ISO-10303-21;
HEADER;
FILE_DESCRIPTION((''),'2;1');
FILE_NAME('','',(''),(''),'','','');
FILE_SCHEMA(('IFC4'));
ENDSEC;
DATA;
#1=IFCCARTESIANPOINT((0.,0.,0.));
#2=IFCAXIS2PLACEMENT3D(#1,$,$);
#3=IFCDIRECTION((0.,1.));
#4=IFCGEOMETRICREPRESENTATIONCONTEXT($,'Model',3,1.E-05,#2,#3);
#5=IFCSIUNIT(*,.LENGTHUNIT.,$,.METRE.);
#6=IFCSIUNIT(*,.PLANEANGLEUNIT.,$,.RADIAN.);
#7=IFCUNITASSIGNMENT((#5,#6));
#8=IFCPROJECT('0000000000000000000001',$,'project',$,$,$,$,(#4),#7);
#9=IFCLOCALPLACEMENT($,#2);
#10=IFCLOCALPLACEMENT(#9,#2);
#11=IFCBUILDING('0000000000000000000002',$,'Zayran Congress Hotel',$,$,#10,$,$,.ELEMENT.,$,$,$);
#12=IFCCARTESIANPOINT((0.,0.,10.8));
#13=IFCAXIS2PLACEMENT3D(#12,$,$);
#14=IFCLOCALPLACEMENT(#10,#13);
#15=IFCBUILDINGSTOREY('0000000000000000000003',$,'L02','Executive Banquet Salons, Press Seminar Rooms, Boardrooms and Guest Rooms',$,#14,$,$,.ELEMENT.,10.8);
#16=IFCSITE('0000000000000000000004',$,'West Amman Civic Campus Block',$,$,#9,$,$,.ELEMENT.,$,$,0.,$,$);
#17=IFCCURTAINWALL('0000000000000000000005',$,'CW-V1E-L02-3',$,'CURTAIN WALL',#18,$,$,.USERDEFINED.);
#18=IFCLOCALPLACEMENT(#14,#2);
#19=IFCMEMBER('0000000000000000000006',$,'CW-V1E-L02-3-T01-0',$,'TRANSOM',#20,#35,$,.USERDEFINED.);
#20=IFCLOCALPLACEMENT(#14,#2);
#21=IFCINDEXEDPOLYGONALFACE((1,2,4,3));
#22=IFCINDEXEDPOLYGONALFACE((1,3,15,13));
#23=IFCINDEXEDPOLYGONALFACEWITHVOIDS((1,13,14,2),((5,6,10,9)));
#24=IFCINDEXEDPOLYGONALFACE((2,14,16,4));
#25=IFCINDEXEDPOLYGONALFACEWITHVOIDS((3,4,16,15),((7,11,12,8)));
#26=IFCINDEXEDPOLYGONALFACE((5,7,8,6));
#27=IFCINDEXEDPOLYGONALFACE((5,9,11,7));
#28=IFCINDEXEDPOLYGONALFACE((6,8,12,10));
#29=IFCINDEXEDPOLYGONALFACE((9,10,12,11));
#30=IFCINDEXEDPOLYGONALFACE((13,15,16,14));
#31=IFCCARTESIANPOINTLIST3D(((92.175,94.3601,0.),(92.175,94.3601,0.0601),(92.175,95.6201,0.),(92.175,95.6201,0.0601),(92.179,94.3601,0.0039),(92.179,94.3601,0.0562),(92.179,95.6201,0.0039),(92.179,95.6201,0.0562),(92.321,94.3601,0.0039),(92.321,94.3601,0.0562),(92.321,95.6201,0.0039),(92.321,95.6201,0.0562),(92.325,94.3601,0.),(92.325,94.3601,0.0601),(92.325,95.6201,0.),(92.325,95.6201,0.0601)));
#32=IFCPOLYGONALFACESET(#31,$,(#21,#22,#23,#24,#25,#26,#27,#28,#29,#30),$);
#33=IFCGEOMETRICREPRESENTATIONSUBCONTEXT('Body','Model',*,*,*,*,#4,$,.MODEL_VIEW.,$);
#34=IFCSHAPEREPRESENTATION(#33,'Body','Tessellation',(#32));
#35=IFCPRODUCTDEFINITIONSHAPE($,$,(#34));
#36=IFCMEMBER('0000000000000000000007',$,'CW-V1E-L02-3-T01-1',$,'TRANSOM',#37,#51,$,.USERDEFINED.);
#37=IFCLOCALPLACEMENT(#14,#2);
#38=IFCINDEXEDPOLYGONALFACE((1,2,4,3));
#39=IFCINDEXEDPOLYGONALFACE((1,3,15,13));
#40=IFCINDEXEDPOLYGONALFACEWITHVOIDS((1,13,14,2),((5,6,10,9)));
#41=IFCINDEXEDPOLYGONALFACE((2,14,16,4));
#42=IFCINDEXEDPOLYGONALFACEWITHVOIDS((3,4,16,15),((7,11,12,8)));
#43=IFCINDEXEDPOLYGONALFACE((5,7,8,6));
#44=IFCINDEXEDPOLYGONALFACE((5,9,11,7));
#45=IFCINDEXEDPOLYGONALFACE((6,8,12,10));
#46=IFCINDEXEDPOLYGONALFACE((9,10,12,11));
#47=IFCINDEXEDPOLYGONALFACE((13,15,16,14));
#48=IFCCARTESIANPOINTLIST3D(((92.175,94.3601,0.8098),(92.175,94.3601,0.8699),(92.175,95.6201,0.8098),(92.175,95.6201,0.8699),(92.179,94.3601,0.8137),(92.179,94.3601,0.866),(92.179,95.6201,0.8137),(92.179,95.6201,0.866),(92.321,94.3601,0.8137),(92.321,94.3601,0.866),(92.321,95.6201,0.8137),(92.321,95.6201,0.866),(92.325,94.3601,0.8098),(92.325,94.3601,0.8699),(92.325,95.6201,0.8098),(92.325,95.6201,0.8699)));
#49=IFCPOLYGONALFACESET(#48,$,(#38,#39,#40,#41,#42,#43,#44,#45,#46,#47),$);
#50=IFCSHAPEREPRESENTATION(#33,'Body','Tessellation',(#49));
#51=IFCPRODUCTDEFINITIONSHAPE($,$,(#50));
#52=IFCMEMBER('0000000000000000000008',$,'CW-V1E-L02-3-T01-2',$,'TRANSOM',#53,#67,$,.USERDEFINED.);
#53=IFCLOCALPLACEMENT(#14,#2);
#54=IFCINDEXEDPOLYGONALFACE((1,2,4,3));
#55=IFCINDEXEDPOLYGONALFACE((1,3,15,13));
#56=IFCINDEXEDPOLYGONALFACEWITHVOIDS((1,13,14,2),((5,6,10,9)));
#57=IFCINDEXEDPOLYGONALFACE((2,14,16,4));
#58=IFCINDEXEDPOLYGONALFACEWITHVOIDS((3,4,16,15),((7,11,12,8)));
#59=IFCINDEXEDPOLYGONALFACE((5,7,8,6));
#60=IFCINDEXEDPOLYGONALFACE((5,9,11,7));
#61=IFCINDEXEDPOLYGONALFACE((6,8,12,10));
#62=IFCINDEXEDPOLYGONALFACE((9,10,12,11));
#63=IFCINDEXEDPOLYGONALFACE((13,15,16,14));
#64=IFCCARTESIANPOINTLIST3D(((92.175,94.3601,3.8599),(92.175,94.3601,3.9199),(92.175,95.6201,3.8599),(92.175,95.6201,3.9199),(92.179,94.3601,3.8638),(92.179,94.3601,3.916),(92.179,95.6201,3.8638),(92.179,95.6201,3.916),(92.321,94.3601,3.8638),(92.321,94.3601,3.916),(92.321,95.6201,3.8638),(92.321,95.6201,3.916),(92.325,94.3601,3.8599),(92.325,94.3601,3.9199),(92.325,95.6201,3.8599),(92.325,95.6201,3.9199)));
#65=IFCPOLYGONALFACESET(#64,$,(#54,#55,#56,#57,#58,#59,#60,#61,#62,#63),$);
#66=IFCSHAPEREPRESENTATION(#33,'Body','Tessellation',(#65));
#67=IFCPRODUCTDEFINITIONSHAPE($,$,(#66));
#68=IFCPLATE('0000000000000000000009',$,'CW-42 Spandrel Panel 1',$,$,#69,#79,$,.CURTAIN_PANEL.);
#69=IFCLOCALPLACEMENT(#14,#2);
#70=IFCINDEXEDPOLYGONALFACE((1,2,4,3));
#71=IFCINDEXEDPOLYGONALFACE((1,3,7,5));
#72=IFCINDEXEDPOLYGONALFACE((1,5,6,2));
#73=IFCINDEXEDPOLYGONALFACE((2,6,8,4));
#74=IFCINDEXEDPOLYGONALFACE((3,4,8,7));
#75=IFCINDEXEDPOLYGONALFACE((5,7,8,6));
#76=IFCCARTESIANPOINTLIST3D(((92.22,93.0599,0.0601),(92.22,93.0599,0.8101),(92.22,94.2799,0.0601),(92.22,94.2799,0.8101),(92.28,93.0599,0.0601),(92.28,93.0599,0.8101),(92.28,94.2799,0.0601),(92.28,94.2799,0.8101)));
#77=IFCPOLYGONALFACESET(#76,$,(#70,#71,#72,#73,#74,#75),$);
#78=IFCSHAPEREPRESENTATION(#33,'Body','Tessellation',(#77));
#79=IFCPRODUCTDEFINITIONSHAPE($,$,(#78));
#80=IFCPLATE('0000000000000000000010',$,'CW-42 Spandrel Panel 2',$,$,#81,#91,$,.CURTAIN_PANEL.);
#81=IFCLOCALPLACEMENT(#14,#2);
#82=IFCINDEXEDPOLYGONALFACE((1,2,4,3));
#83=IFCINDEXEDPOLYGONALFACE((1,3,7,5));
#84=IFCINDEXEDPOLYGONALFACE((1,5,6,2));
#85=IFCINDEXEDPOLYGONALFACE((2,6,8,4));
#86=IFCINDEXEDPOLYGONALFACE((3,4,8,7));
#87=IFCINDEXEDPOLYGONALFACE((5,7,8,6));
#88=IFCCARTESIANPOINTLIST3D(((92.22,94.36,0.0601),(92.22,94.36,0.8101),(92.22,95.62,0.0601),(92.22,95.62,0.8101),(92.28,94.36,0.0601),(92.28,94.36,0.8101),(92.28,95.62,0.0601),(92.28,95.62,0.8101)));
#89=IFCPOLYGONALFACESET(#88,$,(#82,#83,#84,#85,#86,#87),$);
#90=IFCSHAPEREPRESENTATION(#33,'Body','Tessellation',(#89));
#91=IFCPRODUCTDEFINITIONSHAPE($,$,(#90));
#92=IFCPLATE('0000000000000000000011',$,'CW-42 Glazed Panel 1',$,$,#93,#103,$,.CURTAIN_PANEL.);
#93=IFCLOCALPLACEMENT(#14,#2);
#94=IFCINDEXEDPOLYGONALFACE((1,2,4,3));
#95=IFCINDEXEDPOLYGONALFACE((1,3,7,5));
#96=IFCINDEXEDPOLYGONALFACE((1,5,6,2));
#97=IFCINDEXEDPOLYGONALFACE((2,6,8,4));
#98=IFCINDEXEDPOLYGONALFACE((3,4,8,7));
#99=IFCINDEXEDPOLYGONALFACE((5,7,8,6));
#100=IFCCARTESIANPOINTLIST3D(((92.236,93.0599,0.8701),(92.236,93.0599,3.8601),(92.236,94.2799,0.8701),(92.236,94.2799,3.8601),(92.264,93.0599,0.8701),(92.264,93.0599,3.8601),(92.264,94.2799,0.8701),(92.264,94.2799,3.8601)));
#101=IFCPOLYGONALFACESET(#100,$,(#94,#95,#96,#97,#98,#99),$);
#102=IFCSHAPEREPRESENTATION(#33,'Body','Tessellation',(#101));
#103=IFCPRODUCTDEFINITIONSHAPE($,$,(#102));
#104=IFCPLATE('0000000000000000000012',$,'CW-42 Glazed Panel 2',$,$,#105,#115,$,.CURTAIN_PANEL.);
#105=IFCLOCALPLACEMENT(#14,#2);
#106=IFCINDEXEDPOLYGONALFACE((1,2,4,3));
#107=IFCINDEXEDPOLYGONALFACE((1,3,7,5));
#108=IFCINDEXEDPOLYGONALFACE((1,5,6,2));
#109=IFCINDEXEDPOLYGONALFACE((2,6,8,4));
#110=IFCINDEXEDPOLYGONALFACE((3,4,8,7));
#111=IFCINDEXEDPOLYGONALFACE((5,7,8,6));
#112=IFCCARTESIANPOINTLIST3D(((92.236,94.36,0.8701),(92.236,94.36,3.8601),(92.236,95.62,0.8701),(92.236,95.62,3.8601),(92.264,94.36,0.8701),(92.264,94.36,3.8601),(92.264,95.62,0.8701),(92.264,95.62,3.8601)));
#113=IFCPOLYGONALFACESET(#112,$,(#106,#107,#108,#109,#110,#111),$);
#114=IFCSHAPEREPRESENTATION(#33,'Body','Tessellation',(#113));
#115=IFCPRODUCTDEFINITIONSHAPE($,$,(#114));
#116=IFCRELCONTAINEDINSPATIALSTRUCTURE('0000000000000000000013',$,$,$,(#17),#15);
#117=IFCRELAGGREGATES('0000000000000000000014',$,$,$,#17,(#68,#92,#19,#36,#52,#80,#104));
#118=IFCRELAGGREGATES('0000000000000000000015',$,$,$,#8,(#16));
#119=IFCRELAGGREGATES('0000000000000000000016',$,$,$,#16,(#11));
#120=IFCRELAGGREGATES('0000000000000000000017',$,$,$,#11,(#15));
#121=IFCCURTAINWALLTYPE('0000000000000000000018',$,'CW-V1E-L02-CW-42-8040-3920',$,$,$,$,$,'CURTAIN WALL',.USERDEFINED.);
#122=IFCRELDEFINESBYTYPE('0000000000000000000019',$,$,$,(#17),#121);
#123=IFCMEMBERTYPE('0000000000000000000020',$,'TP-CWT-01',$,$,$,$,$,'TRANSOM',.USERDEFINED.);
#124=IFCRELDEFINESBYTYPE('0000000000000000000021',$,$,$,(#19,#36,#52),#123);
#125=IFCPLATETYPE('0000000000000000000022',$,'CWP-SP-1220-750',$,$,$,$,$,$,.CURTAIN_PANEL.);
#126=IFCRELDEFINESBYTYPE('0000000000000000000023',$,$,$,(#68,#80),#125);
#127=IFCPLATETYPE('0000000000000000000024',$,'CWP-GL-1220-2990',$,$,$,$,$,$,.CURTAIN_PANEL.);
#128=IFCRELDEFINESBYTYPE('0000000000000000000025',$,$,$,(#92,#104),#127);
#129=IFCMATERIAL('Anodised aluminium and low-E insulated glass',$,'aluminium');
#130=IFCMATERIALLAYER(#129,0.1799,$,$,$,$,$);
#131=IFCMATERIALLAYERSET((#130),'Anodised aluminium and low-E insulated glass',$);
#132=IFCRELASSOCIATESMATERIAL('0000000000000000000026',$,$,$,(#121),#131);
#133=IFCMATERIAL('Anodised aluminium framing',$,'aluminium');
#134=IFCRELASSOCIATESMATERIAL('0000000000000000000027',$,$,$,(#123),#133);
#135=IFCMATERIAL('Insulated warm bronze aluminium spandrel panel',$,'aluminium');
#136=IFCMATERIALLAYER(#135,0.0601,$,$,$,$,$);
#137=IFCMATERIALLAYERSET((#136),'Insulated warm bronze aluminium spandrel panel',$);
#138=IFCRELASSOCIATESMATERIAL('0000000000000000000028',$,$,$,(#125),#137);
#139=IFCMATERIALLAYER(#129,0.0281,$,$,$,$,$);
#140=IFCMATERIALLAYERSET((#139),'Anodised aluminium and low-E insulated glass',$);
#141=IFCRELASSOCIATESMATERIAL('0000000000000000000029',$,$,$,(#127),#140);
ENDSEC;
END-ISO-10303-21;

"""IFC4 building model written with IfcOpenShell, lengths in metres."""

from ifc_helpers import new_model, si_unit, direction, frame, origin, origin_2d, place, context, subcontext, project, spatial, rectangle, hollow_rectangle, extrude, material, layer, layer_set, material_profile, profile_set, type_object, element, aggregate, save


model = new_model("IFC4")

# Units and contexts
model_context = context("Model", 3, precision=1e-05, world=origin(), true_north=direction((0.0, 1.0)))
body_context = subcontext(model_context, "Body", "Model", "MODEL_VIEW")
ifc_project = project(units=[si_unit("LENGTHUNIT", "METRE"), si_unit("PLANEANGLEUNIT", "RADIAN")], contexts=[model_context])

# Site, building, storey
site_placement = place(None, origin())
site = spatial("IfcSite", under=ifc_project, at=site_placement, Name="West Amman Civic Campus Block", CompositionType="ELEMENT", RefElevation=0.0)
building_placement = place(site_placement, origin())
building = spatial("IfcBuilding", under=site, at=building_placement, Name="Zayran Congress Hotel", CompositionType="ELEMENT")
storey_placement = place(building_placement, frame((0.0, 0.0, 10.8)))
storey = spatial("IfcBuildingStorey", under=building, at=storey_placement, Name="L02", Description="Executive Banquet Salons, Press Seminar Rooms, Boardrooms and Guest Rooms", CompositionType="ELEMENT", Elevation=10.8)

# Curtain wall, members, plates
ifc_material_1 = material(Name="Anodised aluminium and low-E insulated glass", Category="aluminium")
ifc_layer_1 = layer(ifc_material_1, 0.1799)
ifc_layer_set_1 = layer_set([ifc_layer_1], Name="Anodised aluminium and low-E insulated glass")
curtain_wall_type = type_object("IfcCurtainWallType", Name="CW-V1E-L02-CW-42-8040-3920", ElementType="CURTAIN WALL", PredefinedType="USERDEFINED", material=ifc_layer_set_1)
curtain_wall_placement = place(storey_placement, origin())
curtain_wall = element("IfcCurtainWall", 1, at=curtain_wall_placement, inside=storey, type_object=curtain_wall_type, Name="CW-V1E-L02-3", ObjectType="CURTAIN WALL", PredefinedType="USERDEFINED")
ifc_material_2 = material(Name="Anodised aluminium framing", Category="aluminium")
ifc_material_profile_1 = material_profile(ifc_material_2, hollow_rectangle(XDim=0.0601, YDim=0.1499, WallThickness=0.0039, at=origin_2d()), Name="RHS 150x60x4")
ifc_profile_set_1 = profile_set([ifc_material_profile_1], Name="Anodised aluminium framing")
member_type_1 = type_object("IfcMemberType", Name="TP-CWT-01", ElementType="TRANSOM", PredefinedType="USERDEFINED", material=ifc_profile_set_1)
member_1_placement = place(storey_placement, frame((92.25, 94.3601, 0.03), z_axis=(0.0, 1.0, 0.0), x_axis=(0.0, 0.0, 1.0)))
member_1 = element("IfcMember", 2, at=member_1_placement, type_object=member_type_1, Name="CW-V1E-L02-3-T01-0", ObjectType="TRANSOM", PredefinedType="USERDEFINED", context=body_context, shape_type="SweptSolid", body=[
    extrude(hollow_rectangle(XDim=0.0601, YDim=0.1499, WallThickness=0.0039, at=origin_2d()), origin(), (0.0, 0.0, 1.0), 1.26),
])
member_2_placement = place(storey_placement, frame((92.25, 94.3601, 0.8398), z_axis=(0.0, 1.0, 0.0), x_axis=(0.0, 0.0, 1.0)))
member_2 = element("IfcMember", 3, at=member_2_placement, type_object=member_type_1, Name="CW-V1E-L02-3-T01-1", ObjectType="TRANSOM", PredefinedType="USERDEFINED", context=body_context, shape_type="SweptSolid", body=[
    extrude(hollow_rectangle(XDim=0.0601, YDim=0.1499, WallThickness=0.0039, at=origin_2d()), origin(), (0.0, 0.0, 1.0), 1.26),
])
member_3_placement = place(storey_placement, frame((92.25, 94.3601, 3.8899), z_axis=(0.0, 1.0, 0.0), x_axis=(0.0, 0.0, 1.0)))
member_3 = element("IfcMember", 4, at=member_3_placement, type_object=member_type_1, Name="CW-V1E-L02-3-T01-2", ObjectType="TRANSOM", PredefinedType="USERDEFINED", context=body_context, shape_type="SweptSolid", body=[
    extrude(hollow_rectangle(XDim=0.0601, YDim=0.1499, WallThickness=0.0039, at=origin_2d()), origin(), (0.0, 0.0, 1.0), 1.26),
])
ifc_material_3 = material(Name="Insulated warm bronze aluminium spandrel panel", Category="aluminium")
ifc_layer_2 = layer(ifc_material_3, 0.0601)
ifc_layer_set_2 = layer_set([ifc_layer_2], Name="Insulated warm bronze aluminium spandrel panel")
plate_type_1 = type_object("IfcPlateType", Name="CWP-SP-1220-750", PredefinedType="CURTAIN_PANEL", material=ifc_layer_set_2)
plate_1_placement = place(storey_placement, frame((92.25, 93.6699, 0.0601), z_axis=(0.0, 0.0, 1.0), x_axis=(0.0, 1.0, 0.0)))
plate_1 = element("IfcPlate", 5, at=plate_1_placement, type_object=plate_type_1, Name="CW-42 Spandrel Panel 1", PredefinedType="CURTAIN_PANEL", context=body_context, shape_type="SweptSolid", body=[
    extrude(rectangle(XDim=1.22, YDim=0.0601, at=origin_2d()), origin(), (0.0, 0.0, 1.0), 0.75),
])
plate_2_placement = place(storey_placement, frame((92.25, 94.99, 0.0601), z_axis=(0.0, 0.0, 1.0), x_axis=(0.0, 1.0, 0.0)))
plate_2 = element("IfcPlate", 6, at=plate_2_placement, type_object=plate_type_1, Name="CW-42 Spandrel Panel 2", PredefinedType="CURTAIN_PANEL", context=body_context, shape_type="SweptSolid", body=[
    extrude(rectangle(XDim=1.26, YDim=0.0601, at=origin_2d()), origin(), (0.0, 0.0, 1.0), 0.75),
])
ifc_layer_3 = layer(ifc_material_1, 0.0281)
ifc_layer_set_3 = layer_set([ifc_layer_3], Name="Anodised aluminium and low-E insulated glass")
plate_type_2 = type_object("IfcPlateType", Name="CWP-GL-1220-2990", PredefinedType="CURTAIN_PANEL", material=ifc_layer_set_3)
plate_3_placement = place(storey_placement, frame((92.25, 93.6699, 0.8701), z_axis=(0.0, 0.0, 1.0), x_axis=(0.0, 1.0, 0.0)))
plate_3 = element("IfcPlate", 7, at=plate_3_placement, type_object=plate_type_2, Name="CW-42 Glazed Panel 1", PredefinedType="CURTAIN_PANEL", context=body_context, shape_type="SweptSolid", body=[
    extrude(rectangle(XDim=1.22, YDim=0.0281, at=origin_2d()), origin(), (0.0, 0.0, 1.0), 2.99),
])
plate_4_placement = place(storey_placement, frame((92.25, 94.99, 0.8701), z_axis=(0.0, 0.0, 1.0), x_axis=(0.0, 1.0, 0.0)))
plate_4 = element("IfcPlate", 8, at=plate_4_placement, type_object=plate_type_2, Name="CW-42 Glazed Panel 2", PredefinedType="CURTAIN_PANEL", context=body_context, shape_type="SweptSolid", body=[
    extrude(rectangle(XDim=1.26, YDim=0.0281, at=origin_2d()), origin(), (0.0, 0.0, 1.0), 2.99),
])
aggregate(curtain_wall, [plate_1, plate_3, member_1, member_2, member_3, plate_2, plate_4])

save(model, "model.ifc")
